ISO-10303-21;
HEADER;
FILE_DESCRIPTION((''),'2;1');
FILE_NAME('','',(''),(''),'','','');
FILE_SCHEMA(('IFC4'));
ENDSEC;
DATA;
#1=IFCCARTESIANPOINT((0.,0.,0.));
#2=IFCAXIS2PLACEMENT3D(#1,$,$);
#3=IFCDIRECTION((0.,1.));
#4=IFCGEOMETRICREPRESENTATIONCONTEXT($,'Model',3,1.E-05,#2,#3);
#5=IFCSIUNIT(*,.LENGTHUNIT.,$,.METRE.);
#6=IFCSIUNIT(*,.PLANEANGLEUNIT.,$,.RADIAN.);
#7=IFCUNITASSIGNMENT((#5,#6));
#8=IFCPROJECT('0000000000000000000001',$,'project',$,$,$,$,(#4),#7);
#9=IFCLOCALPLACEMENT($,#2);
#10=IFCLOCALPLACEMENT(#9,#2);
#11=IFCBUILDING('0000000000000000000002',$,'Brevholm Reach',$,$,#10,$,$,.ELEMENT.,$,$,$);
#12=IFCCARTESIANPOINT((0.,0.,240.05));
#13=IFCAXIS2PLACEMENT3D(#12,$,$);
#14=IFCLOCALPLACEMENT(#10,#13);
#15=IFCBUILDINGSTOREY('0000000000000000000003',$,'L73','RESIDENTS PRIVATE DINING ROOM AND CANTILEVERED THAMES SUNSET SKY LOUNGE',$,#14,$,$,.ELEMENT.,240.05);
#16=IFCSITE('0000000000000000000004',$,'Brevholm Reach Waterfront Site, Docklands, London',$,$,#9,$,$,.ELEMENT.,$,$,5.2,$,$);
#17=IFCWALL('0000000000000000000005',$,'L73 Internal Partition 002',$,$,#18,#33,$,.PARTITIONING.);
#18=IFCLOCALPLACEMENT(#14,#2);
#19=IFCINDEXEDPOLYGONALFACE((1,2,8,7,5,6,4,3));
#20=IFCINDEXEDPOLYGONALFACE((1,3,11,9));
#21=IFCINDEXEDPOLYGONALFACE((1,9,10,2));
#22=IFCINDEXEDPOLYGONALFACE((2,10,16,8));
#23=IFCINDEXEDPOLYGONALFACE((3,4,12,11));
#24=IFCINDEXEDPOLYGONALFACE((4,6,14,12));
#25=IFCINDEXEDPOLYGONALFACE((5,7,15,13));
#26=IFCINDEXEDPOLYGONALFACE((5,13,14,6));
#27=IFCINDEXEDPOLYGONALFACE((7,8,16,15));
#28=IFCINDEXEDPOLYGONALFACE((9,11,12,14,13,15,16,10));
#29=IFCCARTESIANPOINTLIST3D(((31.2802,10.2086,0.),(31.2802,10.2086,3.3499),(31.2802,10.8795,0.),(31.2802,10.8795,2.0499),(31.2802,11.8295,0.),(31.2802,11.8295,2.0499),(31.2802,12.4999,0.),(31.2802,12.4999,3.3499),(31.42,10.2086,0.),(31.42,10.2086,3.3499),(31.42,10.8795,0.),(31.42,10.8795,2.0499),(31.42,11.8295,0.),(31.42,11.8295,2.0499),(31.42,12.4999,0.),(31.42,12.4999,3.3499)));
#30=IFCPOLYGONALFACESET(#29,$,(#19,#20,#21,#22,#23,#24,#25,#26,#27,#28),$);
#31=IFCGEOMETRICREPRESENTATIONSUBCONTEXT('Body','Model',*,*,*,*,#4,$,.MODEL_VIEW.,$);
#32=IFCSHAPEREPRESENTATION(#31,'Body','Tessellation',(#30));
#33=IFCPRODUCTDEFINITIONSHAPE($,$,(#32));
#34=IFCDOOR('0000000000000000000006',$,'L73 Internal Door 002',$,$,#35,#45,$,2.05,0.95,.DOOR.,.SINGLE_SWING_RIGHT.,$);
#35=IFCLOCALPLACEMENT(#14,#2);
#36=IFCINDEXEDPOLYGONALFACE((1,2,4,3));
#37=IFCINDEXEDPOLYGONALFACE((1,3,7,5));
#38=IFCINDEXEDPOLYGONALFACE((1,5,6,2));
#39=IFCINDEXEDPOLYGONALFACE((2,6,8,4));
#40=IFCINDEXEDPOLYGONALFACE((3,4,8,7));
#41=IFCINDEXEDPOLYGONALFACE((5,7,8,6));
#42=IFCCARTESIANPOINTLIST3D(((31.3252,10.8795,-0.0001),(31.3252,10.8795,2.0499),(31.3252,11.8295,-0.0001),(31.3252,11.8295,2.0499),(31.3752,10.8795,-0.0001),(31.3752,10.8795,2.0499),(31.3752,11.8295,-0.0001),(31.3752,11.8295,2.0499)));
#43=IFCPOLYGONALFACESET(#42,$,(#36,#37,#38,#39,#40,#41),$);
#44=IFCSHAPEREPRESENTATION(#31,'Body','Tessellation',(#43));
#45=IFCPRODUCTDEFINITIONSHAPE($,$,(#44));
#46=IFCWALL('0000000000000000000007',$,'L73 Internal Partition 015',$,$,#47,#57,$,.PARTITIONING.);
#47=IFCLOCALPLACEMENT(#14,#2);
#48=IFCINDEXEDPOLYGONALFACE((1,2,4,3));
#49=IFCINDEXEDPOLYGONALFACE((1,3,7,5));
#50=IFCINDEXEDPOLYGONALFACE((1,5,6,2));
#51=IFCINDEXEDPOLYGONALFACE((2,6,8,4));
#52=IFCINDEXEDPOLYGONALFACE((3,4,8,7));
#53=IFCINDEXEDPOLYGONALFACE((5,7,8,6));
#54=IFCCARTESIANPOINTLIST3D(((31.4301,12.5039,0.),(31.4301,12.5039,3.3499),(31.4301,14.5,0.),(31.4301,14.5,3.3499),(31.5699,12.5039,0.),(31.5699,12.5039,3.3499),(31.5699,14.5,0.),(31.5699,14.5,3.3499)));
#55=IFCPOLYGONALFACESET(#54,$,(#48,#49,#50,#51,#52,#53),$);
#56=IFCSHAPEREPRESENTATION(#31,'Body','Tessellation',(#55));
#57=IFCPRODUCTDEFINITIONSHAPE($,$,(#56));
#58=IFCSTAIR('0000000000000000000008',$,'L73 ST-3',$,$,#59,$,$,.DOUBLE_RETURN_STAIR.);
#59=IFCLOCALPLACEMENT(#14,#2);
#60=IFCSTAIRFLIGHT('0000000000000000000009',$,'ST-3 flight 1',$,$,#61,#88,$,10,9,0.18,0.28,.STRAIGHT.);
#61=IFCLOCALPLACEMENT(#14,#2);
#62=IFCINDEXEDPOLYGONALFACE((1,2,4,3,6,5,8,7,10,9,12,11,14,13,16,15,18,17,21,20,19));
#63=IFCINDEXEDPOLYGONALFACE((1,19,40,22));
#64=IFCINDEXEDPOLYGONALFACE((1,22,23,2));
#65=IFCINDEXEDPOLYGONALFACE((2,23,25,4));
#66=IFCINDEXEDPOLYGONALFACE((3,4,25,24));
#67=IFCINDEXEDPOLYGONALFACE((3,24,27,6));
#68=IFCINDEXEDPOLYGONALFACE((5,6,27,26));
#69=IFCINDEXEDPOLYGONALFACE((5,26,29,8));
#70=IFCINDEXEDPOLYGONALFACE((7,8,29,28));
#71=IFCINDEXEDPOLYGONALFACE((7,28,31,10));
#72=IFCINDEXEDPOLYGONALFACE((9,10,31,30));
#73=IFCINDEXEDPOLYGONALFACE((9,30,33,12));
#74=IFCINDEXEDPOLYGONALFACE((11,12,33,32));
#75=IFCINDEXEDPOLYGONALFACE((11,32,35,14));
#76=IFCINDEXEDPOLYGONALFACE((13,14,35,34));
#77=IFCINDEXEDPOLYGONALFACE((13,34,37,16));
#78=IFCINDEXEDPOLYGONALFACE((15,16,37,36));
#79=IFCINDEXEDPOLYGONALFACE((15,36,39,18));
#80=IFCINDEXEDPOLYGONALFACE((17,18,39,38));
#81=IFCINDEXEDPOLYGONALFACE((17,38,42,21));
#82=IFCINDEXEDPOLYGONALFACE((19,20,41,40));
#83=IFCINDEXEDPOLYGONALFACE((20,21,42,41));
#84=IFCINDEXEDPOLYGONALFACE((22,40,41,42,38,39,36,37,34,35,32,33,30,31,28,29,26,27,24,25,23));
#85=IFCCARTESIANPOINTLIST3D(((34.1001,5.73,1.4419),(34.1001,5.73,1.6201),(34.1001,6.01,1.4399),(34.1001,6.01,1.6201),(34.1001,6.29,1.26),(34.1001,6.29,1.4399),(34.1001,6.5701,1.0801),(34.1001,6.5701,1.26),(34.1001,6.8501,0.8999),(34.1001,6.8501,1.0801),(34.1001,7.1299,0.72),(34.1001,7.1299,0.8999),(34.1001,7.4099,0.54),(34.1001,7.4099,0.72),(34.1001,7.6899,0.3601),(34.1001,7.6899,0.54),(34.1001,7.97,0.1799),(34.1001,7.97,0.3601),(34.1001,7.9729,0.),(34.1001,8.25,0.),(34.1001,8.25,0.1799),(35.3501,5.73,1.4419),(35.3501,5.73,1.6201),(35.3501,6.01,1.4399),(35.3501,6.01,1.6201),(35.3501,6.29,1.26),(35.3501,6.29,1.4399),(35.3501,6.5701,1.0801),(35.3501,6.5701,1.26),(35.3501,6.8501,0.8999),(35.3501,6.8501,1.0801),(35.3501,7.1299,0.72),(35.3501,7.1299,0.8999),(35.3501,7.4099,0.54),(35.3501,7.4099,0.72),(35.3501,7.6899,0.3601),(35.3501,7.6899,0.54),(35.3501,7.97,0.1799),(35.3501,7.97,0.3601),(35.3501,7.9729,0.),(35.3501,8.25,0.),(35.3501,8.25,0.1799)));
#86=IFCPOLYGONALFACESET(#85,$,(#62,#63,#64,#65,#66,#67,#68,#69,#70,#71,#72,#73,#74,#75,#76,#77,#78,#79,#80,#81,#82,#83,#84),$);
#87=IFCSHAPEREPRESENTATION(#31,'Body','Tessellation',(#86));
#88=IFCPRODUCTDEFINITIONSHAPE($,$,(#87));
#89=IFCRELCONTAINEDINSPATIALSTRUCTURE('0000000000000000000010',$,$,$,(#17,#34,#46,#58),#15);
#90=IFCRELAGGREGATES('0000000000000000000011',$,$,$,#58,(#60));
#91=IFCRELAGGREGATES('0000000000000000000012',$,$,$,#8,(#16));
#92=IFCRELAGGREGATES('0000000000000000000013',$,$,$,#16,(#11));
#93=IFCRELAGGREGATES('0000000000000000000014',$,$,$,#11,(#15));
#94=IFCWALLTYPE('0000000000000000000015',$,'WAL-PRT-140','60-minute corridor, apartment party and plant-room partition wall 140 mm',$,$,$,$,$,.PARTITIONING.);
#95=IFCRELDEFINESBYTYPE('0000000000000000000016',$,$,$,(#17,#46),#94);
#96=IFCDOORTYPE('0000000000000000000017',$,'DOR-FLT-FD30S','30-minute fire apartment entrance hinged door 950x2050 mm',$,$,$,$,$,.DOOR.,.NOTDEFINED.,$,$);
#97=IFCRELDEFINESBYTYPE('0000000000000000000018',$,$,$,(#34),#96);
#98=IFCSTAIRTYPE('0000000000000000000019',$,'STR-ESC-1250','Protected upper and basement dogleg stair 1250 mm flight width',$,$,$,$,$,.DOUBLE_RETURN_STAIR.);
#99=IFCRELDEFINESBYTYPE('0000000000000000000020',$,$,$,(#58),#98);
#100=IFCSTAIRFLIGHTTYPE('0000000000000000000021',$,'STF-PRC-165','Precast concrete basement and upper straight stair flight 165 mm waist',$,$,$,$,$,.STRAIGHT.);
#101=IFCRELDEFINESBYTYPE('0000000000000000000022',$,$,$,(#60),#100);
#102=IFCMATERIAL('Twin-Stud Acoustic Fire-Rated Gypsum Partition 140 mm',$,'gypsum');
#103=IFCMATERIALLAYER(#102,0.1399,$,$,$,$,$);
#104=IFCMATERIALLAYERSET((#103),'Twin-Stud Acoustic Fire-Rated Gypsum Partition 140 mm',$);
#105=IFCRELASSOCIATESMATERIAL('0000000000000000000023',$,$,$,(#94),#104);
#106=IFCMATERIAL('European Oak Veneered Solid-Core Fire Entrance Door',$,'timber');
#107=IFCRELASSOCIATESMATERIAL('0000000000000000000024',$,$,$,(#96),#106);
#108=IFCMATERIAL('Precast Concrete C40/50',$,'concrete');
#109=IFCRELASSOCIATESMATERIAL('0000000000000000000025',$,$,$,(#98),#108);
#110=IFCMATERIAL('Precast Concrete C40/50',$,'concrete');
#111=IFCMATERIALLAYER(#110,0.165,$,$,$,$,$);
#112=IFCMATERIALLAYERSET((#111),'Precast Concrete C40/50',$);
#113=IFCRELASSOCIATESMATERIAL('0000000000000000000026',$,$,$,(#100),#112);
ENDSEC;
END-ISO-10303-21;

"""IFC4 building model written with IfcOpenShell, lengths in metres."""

from ifc_helpers import new_model, si_unit, direction, frame, frame_2d, origin, place, context, subcontext, project, spatial, polyline, rectangle, outline, extrude, material, layer, layer_set, type_object, element, fill, aggregate, save


model = new_model("IFC4")

# Units and contexts
model_context = context("Model", 3, precision=1e-05, world=origin(), true_north=direction((0.0, 1.0)))
body_context = subcontext(model_context, "Body", "Model", "MODEL_VIEW")
ifc_project = project(units=[si_unit("LENGTHUNIT", "METRE"), si_unit("PLANEANGLEUNIT", "RADIAN")], contexts=[model_context])

# Site, building, storey
site_placement = place(None, origin())
site = spatial("IfcSite", under=ifc_project, at=site_placement, Name="Brevholm Reach Waterfront Site, Docklands, London", CompositionType="ELEMENT", RefElevation=5.2)
building_placement = place(site_placement, origin())
building = spatial("IfcBuilding", under=site, at=building_placement, Name="Brevholm Reach", CompositionType="ELEMENT")
storey_placement = place(building_placement, frame((0.0, 0.0, 240.05)))
storey = spatial("IfcBuildingStorey", under=building, at=storey_placement, Name="L73", Description="RESIDENTS PRIVATE DINING ROOM AND CANTILEVERED THAMES SUNSET SKY LOUNGE", CompositionType="ELEMENT", Elevation=240.05)

# Wall, opening, door
ifc_material_1 = material(Name="Twin-Stud Acoustic Fire-Rated Gypsum Partition 140 mm", Category="gypsum")
ifc_layer_1 = layer(ifc_material_1, 0.1399)
ifc_layer_set_1 = layer_set([ifc_layer_1], Name="Twin-Stud Acoustic Fire-Rated Gypsum Partition 140 mm")
wall_type_1 = type_object("IfcWallType", Name="WAL-PRT-140", Description="60-minute corridor, apartment party and plant-room partition wall 140 mm", PredefinedType="PARTITIONING", material=ifc_layer_set_1)
wall_1_placement = place(storey_placement, frame((31.3501, 10.2087, 0.0), z_axis=(0.0, 0.0, 1.0), x_axis=(0.0, 1.0, 0.0)))
wall_1 = element("IfcWall", 1, at=wall_1_placement, inside=storey, type_object=wall_type_1, Name="L73 Internal Partition 002", PredefinedType="PARTITIONING", context=body_context, shape_type="SweptSolid", body=[
    extrude(rectangle(XDim=2.2913, YDim=0.1399, at=frame_2d((1.1455, 0.0))), origin(), (0.0, 0.0, 1.0), 3.3499),
])
opening_1_placement = place(wall_1_placement, frame((0.6707, 0.0, 0.0)))
opening_1 = element("IfcOpeningElement", 2, at=opening_1_placement, cuts=wall_1, PredefinedType="OPENING", context=body_context, shape_type="SweptSolid", body=[
    extrude(rectangle(XDim=0.95, YDim=2.05, at=frame_2d((0.4751, 1.0249))), frame((0.0, 0.0798, 0.0), z_axis=(0.0, -1.0, 0.0), x_axis=(1.0, 0.0, 0.0)), (0.0, 0.0, 1.0), 0.1599),
])
ifc_material_2 = material(Name="European Oak Veneered Solid-Core Fire Entrance Door", Category="timber")
door_type_1 = type_object("IfcDoorType", Name="DOR-FLT-FD30S", Description="30-minute fire apartment entrance hinged door 950x2050 mm", OperationType="NOTDEFINED", PredefinedType="DOOR", material=ifc_material_2)
door_1_placement = place(opening_1_placement, origin())
door_1 = element("IfcDoor", 3, at=door_1_placement, inside=storey, type_object=door_type_1, Name="L73 Internal Door 002", OperationType="SINGLE_SWING_RIGHT", OverallHeight=2.05, OverallWidth=0.95, PredefinedType="DOOR", context=body_context, shape_type="SweptSolid", body=[
    extrude(rectangle(XDim=0.95, YDim=2.05, at=frame_2d((0.4751, 1.0249))), frame((0.0, 0.0249, 0.0), z_axis=(0.0, -1.0, 0.0), x_axis=(1.0, 0.0, 0.0)), (0.0, 0.0, 1.0), 0.05),
])
fill(opening_1, door_1)

# Wall
wall_2_placement = place(storey_placement, frame((31.5, 12.5039, 0.0), z_axis=(0.0, 0.0, 1.0), x_axis=(0.0, 1.0, 0.0)))
element("IfcWall", 4, at=wall_2_placement, inside=storey, type_object=wall_type_1, Name="L73 Internal Partition 015", PredefinedType="PARTITIONING", context=body_context, shape_type="SweptSolid", body=[
    extrude(rectangle(XDim=1.9961, YDim=0.1399, at=frame_2d((0.998, 0.0))), origin(), (0.0, 0.0, 1.0), 3.3499),
])

# Stair, stair flight
ifc_material_3 = material(Name="Precast Concrete C40/50", Category="concrete")
stair_type = type_object("IfcStairType", Name="STR-ESC-1250", Description="Protected upper and basement dogleg stair 1250 mm flight width", PredefinedType="DOUBLE_RETURN_STAIR", material=ifc_material_3)
stair_placement = place(storey_placement, origin())
stair = element("IfcStair", 5, at=stair_placement, inside=storey, type_object=stair_type, Name="L73 ST-3", PredefinedType="DOUBLE_RETURN_STAIR")
ifc_material_4 = material(Name="Precast Concrete C40/50", Category="concrete")
ifc_layer_2 = layer(ifc_material_4, 0.165)
ifc_layer_set_2 = layer_set([ifc_layer_2], Name="Precast Concrete C40/50")
stair_flight_type = type_object("IfcStairFlightType", Name="STF-PRC-165", Description="Precast concrete basement and upper straight stair flight 165 mm waist", PredefinedType="STRAIGHT", material=ifc_layer_set_2)
stair_flight_placement = place(storey_placement, frame((34.7251, 8.25, 0.0), z_axis=(0.0, 0.0, 1.0), x_axis=(0.0, -1.0, 0.0)))
stair_flight = element("IfcStairFlight", 6, at=stair_flight_placement, type_object=stair_flight_type, Name="ST-3 flight 1", NumberOfRisers=10, NumberOfTreads=9, PredefinedType="STRAIGHT", RiserHeight=0.18, TreadLength=0.28, context=body_context, shape_type="SweptSolid", body=[
    extrude(outline(polyline([(0.0, 0.0), (0.0, 0.1799), (0.28, 0.1799), (0.28, 0.3601), (0.5601, 0.3601), (0.5601, 0.54), (0.8401, 0.54), (0.8401, 0.72), (1.1201, 0.72), (1.1201, 0.8999), (1.3999, 0.8999), (1.3999, 1.0801), (1.6799, 1.0801), (1.6799, 1.26), (1.96, 1.26), (1.96, 1.4399), (2.24, 1.4399), (2.24, 1.6201), (2.52, 1.6201), (2.52, 1.8), (2.52, 1.4419), (0.2771, 0.0), (0.0, 0.0)])), frame((0.0, 0.625, 0.0), z_axis=(0.0, -1.0, 0.0), x_axis=(1.0, 0.0, 0.0)), (0.0, 0.0, 1.0), 1.25),
])
aggregate(stair, [stair_flight])

save(model, "model.ifc")
